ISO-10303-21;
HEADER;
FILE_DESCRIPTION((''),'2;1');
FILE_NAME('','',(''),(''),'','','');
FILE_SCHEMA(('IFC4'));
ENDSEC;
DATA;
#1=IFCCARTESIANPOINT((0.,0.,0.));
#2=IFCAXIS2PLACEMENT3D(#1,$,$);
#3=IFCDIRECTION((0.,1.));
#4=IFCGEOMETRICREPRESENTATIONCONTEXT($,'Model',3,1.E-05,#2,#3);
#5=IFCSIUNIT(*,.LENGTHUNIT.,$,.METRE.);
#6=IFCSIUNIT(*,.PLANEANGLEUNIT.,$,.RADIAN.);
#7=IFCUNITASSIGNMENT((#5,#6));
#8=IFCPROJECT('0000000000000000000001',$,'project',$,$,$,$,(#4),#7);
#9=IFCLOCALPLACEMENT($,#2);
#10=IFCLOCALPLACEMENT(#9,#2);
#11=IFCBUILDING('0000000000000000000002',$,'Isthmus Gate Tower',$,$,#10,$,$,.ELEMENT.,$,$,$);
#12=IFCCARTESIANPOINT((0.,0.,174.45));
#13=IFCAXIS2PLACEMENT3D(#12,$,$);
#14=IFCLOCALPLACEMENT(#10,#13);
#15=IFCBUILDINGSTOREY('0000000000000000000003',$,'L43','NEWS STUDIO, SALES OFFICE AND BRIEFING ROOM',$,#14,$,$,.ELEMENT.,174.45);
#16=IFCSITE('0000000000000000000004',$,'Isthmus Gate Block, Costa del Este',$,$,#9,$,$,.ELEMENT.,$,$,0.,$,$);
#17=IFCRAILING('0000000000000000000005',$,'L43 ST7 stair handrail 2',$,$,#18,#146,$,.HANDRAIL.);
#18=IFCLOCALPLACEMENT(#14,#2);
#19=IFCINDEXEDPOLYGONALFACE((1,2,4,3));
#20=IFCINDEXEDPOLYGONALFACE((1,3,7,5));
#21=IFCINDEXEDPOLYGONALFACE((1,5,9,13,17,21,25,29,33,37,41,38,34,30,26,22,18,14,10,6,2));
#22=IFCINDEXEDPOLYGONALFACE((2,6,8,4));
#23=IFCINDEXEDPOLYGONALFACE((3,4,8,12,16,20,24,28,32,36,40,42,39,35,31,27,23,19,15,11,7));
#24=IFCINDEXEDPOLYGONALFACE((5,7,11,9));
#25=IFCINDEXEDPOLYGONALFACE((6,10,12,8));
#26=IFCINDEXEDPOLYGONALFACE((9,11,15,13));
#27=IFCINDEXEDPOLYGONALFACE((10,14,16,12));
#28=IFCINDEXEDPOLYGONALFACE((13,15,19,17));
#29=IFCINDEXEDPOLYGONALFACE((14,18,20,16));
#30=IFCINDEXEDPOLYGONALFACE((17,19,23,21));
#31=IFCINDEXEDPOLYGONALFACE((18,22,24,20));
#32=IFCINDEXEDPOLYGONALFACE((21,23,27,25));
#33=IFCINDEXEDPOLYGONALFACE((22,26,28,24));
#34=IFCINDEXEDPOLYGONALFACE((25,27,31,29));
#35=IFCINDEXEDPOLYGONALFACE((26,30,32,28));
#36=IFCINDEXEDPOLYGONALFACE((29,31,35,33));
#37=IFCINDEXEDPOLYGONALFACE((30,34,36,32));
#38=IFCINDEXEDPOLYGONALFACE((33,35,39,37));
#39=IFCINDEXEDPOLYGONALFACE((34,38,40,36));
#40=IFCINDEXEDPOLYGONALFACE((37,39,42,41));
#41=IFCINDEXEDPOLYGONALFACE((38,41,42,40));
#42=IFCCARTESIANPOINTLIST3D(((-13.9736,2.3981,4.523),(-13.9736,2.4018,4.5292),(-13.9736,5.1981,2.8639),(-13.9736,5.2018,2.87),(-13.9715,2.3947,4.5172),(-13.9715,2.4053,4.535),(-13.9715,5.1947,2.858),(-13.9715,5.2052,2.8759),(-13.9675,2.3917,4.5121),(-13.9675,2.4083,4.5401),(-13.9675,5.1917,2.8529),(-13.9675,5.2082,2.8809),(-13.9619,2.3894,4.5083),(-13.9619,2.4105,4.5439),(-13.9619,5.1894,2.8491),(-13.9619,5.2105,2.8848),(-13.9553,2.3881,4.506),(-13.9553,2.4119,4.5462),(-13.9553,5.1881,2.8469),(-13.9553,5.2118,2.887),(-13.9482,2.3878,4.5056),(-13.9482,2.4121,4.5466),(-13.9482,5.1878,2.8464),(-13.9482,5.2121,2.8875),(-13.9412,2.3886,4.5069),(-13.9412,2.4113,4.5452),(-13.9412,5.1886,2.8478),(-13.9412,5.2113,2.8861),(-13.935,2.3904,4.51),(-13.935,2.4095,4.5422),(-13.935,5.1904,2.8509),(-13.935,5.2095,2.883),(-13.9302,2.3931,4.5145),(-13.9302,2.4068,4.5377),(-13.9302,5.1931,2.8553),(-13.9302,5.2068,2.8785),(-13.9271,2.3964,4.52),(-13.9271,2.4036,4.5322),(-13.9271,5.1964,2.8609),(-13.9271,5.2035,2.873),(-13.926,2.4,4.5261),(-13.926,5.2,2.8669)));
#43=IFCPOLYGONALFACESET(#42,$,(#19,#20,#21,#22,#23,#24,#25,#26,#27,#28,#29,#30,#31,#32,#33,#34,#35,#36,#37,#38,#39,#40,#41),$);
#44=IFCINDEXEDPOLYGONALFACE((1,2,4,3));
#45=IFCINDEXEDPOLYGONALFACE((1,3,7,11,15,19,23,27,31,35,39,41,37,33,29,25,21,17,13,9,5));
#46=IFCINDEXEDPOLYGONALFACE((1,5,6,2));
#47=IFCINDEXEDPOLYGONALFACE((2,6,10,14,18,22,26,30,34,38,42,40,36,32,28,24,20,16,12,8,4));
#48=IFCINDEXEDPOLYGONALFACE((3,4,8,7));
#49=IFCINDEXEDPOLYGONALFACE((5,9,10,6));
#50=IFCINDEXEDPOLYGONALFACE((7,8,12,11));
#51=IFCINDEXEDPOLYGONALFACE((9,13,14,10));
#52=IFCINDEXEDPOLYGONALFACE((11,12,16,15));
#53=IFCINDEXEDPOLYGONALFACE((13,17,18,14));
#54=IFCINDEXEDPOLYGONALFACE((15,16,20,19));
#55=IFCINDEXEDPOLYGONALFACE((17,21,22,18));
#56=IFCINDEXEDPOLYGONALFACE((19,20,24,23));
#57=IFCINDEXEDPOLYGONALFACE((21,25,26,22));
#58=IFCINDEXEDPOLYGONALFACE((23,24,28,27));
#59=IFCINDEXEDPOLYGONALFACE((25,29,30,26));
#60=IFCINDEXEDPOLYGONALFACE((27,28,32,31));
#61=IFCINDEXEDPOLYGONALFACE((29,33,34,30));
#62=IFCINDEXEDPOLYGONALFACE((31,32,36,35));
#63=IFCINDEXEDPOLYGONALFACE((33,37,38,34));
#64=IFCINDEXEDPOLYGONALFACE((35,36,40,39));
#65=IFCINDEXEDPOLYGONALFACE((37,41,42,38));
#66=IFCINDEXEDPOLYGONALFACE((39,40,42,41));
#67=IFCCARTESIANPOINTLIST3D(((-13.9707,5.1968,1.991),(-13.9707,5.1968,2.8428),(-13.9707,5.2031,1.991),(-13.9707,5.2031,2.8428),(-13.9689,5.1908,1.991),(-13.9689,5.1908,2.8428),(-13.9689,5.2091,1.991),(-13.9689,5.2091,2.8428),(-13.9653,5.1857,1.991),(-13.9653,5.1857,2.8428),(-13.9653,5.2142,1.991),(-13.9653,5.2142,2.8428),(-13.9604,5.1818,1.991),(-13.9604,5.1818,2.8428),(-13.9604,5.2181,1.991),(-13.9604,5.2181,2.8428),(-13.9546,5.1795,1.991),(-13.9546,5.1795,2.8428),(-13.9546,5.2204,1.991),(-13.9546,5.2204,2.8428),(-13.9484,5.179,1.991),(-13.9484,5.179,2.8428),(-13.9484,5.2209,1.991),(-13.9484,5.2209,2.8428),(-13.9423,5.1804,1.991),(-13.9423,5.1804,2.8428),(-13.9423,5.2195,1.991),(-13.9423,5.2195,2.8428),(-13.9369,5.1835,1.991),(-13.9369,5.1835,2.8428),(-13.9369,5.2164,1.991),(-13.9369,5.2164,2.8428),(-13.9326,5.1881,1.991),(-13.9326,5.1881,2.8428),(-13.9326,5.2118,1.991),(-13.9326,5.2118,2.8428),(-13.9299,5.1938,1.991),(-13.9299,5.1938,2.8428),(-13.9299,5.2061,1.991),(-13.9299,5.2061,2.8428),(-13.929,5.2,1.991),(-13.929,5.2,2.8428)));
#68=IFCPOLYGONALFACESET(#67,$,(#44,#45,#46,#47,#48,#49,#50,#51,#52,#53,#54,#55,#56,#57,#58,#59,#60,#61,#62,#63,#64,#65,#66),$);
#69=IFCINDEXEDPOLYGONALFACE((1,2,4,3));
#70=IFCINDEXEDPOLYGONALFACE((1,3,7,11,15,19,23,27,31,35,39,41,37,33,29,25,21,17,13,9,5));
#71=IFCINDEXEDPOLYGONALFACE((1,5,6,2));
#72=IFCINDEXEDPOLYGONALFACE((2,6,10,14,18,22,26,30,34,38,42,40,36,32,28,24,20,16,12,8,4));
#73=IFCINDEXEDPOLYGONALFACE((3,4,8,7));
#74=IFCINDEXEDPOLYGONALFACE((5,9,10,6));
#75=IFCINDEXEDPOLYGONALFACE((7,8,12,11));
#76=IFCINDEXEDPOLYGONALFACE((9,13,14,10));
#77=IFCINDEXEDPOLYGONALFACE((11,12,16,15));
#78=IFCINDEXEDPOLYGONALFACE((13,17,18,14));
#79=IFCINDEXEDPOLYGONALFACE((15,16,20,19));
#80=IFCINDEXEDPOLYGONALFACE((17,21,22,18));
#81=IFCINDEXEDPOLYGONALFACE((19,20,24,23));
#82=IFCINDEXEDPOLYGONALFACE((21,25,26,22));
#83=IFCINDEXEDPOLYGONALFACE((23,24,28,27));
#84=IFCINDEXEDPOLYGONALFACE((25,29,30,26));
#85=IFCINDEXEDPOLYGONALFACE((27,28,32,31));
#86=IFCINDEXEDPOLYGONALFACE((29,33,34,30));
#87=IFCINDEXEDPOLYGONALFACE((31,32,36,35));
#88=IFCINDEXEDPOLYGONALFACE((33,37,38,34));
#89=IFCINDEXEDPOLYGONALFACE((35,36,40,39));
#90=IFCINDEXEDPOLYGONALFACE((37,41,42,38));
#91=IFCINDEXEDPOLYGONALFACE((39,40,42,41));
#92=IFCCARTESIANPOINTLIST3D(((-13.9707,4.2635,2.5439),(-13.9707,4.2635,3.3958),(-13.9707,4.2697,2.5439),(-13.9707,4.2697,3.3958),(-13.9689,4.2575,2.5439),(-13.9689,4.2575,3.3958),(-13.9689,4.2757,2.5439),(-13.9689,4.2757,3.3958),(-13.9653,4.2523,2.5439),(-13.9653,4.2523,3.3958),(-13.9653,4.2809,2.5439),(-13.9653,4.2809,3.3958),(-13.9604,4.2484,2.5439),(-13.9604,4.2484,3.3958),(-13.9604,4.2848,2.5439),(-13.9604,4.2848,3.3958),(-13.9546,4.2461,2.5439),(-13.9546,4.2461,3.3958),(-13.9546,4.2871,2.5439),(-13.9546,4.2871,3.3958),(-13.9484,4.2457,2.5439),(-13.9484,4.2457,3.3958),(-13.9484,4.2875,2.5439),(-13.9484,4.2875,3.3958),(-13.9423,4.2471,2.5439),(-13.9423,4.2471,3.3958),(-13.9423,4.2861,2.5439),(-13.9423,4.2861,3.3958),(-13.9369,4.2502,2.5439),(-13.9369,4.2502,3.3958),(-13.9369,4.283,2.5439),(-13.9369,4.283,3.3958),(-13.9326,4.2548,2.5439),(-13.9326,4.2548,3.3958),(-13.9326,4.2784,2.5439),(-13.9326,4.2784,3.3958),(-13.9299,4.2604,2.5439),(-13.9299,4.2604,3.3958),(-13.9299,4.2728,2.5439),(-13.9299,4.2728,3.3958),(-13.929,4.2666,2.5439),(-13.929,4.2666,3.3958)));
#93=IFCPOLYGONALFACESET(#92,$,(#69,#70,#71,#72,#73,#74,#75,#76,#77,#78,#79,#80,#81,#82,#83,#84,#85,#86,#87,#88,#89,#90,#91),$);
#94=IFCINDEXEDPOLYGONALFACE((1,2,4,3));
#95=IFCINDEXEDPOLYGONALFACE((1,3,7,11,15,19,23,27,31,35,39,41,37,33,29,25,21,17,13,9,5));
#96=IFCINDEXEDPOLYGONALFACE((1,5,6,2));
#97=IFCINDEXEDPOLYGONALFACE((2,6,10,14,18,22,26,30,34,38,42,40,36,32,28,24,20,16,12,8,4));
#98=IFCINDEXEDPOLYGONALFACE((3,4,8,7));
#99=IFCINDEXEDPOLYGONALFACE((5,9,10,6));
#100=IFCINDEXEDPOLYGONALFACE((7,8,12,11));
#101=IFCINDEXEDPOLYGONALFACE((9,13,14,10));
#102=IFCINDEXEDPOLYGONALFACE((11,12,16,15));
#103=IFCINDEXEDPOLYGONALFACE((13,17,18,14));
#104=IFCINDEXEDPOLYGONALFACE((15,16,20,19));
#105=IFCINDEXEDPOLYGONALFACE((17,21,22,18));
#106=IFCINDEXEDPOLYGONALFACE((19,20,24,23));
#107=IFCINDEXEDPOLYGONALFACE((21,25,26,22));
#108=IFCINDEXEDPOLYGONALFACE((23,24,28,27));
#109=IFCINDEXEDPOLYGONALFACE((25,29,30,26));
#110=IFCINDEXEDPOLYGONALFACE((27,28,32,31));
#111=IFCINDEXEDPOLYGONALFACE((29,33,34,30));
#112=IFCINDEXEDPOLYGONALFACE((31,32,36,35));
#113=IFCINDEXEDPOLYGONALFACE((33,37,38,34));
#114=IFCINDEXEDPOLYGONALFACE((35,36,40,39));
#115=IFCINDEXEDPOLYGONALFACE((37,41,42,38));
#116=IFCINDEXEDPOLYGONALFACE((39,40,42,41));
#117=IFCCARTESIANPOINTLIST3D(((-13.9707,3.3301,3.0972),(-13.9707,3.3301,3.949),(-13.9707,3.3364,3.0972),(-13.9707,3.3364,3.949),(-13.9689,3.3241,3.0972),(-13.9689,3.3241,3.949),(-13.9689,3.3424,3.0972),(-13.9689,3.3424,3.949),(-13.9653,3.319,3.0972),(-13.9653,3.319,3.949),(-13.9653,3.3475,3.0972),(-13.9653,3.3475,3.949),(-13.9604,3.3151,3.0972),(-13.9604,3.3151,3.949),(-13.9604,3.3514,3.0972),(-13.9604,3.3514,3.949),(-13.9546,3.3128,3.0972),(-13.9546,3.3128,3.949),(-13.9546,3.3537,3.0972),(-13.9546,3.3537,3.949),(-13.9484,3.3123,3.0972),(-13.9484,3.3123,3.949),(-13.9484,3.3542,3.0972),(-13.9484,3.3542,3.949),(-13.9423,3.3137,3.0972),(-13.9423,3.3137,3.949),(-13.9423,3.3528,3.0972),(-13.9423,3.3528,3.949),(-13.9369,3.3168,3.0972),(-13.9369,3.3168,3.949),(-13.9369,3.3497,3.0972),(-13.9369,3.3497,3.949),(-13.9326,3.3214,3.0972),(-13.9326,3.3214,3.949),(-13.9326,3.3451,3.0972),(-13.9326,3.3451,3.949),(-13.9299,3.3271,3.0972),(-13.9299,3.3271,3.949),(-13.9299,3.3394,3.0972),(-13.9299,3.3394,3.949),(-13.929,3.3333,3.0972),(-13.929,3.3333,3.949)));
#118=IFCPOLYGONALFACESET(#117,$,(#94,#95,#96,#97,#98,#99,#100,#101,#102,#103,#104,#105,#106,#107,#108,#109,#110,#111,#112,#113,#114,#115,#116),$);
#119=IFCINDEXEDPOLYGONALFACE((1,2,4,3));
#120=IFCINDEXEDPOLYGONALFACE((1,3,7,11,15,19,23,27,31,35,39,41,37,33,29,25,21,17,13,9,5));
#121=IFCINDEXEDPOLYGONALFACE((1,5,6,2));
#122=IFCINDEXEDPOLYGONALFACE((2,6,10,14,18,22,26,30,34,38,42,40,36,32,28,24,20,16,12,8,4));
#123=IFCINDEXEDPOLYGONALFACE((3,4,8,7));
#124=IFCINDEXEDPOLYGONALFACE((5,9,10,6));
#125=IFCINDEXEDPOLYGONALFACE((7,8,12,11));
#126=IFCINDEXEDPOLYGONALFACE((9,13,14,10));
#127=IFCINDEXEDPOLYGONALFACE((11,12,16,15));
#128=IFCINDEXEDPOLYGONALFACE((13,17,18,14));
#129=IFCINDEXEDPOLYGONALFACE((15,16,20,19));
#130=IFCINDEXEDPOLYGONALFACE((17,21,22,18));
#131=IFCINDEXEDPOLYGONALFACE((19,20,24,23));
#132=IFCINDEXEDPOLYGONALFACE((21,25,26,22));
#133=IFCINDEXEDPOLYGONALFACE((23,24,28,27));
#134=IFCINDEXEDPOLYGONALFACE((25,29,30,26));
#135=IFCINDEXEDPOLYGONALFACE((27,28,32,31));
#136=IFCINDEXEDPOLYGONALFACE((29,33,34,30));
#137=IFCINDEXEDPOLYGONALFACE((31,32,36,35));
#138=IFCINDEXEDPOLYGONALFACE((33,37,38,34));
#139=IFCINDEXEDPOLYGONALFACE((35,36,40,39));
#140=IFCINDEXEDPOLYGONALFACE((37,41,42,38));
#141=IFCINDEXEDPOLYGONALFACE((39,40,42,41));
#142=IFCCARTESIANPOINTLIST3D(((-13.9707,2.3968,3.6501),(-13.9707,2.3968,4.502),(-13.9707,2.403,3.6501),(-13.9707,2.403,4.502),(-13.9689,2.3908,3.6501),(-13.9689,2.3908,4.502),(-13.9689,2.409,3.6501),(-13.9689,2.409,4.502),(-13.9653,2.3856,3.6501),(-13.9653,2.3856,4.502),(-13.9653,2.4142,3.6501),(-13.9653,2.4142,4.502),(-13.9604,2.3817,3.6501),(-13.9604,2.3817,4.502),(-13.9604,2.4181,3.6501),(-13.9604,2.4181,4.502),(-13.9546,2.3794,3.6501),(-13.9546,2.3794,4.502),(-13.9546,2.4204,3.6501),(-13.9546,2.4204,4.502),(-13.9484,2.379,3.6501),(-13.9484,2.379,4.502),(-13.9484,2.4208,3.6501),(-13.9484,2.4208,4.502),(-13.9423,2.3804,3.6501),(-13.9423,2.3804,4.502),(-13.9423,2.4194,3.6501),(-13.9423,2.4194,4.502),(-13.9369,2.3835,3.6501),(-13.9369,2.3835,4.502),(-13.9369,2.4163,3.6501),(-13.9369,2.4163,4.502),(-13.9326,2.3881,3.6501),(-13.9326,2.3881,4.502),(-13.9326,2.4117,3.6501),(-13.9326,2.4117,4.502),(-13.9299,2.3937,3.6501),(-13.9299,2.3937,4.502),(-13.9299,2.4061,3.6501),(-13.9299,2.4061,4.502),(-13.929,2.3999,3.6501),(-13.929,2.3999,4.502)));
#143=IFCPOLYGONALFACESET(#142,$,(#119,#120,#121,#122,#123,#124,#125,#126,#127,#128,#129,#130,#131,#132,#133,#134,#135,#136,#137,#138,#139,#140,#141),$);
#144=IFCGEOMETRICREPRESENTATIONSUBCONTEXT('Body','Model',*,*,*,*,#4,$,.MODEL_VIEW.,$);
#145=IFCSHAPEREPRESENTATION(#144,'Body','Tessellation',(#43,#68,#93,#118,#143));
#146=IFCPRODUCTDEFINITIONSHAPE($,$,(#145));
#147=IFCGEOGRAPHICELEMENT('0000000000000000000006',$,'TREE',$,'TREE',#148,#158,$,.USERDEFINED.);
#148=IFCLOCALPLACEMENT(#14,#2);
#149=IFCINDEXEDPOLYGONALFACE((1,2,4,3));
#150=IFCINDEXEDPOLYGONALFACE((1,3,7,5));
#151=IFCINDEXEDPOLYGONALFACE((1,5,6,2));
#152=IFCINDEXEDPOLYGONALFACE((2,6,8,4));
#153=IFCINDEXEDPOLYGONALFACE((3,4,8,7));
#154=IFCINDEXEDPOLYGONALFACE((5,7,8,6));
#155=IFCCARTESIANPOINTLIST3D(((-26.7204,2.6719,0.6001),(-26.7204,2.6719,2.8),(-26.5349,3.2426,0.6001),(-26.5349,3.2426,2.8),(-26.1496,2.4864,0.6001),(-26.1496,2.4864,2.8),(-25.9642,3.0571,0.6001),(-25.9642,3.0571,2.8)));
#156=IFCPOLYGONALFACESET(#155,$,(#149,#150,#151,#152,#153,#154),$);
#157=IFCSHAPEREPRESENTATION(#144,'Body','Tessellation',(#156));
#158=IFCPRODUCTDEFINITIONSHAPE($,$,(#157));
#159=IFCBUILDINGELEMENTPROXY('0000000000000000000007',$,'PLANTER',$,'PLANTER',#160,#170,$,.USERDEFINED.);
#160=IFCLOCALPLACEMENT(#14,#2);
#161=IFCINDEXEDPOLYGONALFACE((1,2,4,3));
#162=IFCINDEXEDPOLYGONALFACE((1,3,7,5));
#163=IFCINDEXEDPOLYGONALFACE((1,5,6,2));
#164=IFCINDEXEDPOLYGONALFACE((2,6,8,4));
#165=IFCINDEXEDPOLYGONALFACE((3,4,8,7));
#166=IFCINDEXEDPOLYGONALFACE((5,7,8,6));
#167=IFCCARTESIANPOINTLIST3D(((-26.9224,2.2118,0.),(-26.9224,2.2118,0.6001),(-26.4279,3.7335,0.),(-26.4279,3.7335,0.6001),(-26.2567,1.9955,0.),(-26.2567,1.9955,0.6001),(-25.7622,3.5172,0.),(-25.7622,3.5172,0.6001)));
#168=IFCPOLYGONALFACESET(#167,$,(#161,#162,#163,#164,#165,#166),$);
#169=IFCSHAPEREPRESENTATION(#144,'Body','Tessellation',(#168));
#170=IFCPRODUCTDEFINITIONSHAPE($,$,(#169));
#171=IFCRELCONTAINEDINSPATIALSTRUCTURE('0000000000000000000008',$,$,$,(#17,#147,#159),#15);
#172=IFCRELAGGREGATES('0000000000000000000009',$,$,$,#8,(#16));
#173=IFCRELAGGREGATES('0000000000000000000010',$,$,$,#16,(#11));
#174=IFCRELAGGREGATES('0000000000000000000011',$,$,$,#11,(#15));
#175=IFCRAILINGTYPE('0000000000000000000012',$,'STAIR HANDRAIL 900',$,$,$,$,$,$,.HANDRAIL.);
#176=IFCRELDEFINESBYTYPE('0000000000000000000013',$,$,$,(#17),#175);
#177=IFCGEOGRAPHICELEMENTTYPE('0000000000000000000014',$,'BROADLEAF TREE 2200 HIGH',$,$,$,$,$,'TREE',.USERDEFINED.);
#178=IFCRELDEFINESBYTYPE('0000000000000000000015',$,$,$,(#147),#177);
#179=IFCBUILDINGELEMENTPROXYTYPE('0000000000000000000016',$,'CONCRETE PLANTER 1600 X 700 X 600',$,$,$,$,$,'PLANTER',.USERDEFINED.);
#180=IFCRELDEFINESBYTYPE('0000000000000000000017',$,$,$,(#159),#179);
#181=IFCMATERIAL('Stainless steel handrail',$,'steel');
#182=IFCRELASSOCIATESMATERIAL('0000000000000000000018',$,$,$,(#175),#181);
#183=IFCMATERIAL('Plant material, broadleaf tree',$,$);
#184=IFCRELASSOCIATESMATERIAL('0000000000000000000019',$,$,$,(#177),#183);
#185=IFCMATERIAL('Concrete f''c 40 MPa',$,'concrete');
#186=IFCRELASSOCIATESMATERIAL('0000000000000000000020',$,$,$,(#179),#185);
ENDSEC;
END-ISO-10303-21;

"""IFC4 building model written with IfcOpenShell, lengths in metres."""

from ifc_helpers import new_model, si_unit, direction, frame, origin, origin_2d, place, context, subcontext, project, spatial, rectangle, circle, extrude, material, type_object, element, save


model = new_model("IFC4")

# Units and contexts
model_context = context("Model", 3, precision=1e-05, world=origin(), true_north=direction((0.0, 1.0)))
body_context = subcontext(model_context, "Body", "Model", "MODEL_VIEW")
ifc_project = project(units=[si_unit("LENGTHUNIT", "METRE"), si_unit("PLANEANGLEUNIT", "RADIAN")], contexts=[model_context])

# Site, building, storey
site_placement = place(None, origin())
site = spatial("IfcSite", under=ifc_project, at=site_placement, Name="Isthmus Gate Block, Costa del Este", CompositionType="ELEMENT", RefElevation=0.0)
building_placement = place(site_placement, origin())
building = spatial("IfcBuilding", under=site, at=building_placement, Name="Isthmus Gate Tower", CompositionType="ELEMENT")
storey_placement = place(building_placement, frame((0.0, 0.0, 174.45)))
storey = spatial("IfcBuildingStorey", under=building, at=storey_placement, Name="L43", Description="NEWS STUDIO, SALES OFFICE AND BRIEFING ROOM", CompositionType="ELEMENT", Elevation=174.45)

# Railing
ifc_material_1 = material(Name="Stainless steel handrail", Category="steel")
railing_type_1 = type_object("IfcRailingType", Name="STAIR HANDRAIL 900", PredefinedType="HANDRAIL", material=ifc_material_1)
railing_1_placement = place(storey_placement, frame((-13.95, 5.2, 1.991)))
element("IfcRailing", 1, at=railing_1_placement, inside=storey, type_object=railing_type_1, Name="L43 ST7 stair handrail 2", PredefinedType="HANDRAIL", context=body_context, shape_type="SweptSolid", body=[
    extrude(circle(Radius=0.0239, at=origin_2d()), frame((0.0, 0.0, 0.876), z_axis=(0.0, -0.860306, 0.509778), x_axis=(1.0, 0.0, 0.0)), (0.0, 0.0, 1.0), 3.2546),
    extrude(circle(Radius=0.021, at=origin_2d()), origin(), (0.0, 0.0, 1.0), 0.8518),
    extrude(circle(Radius=0.021, at=origin_2d()), frame((0.0, -0.9333, 0.553)), (0.0, 0.0, 1.0), 0.8518),
    extrude(circle(Radius=0.021, at=origin_2d()), frame((0.0, -1.8667, 1.1062)), (0.0, 0.0, 1.0), 0.8518),
    extrude(circle(Radius=0.021, at=origin_2d()), frame((0.0, -2.8, 1.6592)), (0.0, 0.0, 1.0), 0.8518),
])

# Geographic element
ifc_material_2 = material(Name="Plant material, broadleaf tree")
geographic_element_type = type_object("IfcGeographicElementType", Name="BROADLEAF TREE 2200 HIGH", ElementType="TREE", PredefinedType="USERDEFINED", material=ifc_material_2)
geographic_element_placement = place(storey_placement, frame((-26.3423, 2.8645, 0.6001), z_axis=(0.0, 0.0, 1.0), x_axis=(-0.309017, -0.951057, 0.0)))
element("IfcGeographicElement", 2, at=geographic_element_placement, inside=storey, type_object=geographic_element_type, Name="TREE", ObjectType="TREE", PredefinedType="USERDEFINED", context=body_context, shape_type="SweptSolid", body=[
    extrude(rectangle(XDim=0.6001, YDim=0.6001, at=origin_2d()), origin(), (0.0, 0.0, 1.0), 2.2),
])

# Building element proxy
ifc_material_3 = material(Name="Concrete f'c 40 MPa", Category="concrete")
building_element_proxy_type = type_object("IfcBuildingElementProxyType", Name="CONCRETE PLANTER 1600 X 700 X 600", ElementType="PLANTER", PredefinedType="USERDEFINED", material=ifc_material_3)
proxy_placement = place(storey_placement, frame((-26.3423, 2.8645, 0.0), z_axis=(0.0, 0.0, 1.0), x_axis=(-0.309017, -0.951057, 0.0)))
element("IfcBuildingElementProxy", 3, at=proxy_placement, inside=storey, type_object=building_element_proxy_type, Name="PLANTER", ObjectType="PLANTER", PredefinedType="USERDEFINED", context=body_context, shape_type="SweptSolid", body=[
    extrude(rectangle(XDim=1.6001, YDim=0.7, at=origin_2d()), origin(), (0.0, 0.0, 1.0), 0.6001),
])

save(model, "model.ifc")
